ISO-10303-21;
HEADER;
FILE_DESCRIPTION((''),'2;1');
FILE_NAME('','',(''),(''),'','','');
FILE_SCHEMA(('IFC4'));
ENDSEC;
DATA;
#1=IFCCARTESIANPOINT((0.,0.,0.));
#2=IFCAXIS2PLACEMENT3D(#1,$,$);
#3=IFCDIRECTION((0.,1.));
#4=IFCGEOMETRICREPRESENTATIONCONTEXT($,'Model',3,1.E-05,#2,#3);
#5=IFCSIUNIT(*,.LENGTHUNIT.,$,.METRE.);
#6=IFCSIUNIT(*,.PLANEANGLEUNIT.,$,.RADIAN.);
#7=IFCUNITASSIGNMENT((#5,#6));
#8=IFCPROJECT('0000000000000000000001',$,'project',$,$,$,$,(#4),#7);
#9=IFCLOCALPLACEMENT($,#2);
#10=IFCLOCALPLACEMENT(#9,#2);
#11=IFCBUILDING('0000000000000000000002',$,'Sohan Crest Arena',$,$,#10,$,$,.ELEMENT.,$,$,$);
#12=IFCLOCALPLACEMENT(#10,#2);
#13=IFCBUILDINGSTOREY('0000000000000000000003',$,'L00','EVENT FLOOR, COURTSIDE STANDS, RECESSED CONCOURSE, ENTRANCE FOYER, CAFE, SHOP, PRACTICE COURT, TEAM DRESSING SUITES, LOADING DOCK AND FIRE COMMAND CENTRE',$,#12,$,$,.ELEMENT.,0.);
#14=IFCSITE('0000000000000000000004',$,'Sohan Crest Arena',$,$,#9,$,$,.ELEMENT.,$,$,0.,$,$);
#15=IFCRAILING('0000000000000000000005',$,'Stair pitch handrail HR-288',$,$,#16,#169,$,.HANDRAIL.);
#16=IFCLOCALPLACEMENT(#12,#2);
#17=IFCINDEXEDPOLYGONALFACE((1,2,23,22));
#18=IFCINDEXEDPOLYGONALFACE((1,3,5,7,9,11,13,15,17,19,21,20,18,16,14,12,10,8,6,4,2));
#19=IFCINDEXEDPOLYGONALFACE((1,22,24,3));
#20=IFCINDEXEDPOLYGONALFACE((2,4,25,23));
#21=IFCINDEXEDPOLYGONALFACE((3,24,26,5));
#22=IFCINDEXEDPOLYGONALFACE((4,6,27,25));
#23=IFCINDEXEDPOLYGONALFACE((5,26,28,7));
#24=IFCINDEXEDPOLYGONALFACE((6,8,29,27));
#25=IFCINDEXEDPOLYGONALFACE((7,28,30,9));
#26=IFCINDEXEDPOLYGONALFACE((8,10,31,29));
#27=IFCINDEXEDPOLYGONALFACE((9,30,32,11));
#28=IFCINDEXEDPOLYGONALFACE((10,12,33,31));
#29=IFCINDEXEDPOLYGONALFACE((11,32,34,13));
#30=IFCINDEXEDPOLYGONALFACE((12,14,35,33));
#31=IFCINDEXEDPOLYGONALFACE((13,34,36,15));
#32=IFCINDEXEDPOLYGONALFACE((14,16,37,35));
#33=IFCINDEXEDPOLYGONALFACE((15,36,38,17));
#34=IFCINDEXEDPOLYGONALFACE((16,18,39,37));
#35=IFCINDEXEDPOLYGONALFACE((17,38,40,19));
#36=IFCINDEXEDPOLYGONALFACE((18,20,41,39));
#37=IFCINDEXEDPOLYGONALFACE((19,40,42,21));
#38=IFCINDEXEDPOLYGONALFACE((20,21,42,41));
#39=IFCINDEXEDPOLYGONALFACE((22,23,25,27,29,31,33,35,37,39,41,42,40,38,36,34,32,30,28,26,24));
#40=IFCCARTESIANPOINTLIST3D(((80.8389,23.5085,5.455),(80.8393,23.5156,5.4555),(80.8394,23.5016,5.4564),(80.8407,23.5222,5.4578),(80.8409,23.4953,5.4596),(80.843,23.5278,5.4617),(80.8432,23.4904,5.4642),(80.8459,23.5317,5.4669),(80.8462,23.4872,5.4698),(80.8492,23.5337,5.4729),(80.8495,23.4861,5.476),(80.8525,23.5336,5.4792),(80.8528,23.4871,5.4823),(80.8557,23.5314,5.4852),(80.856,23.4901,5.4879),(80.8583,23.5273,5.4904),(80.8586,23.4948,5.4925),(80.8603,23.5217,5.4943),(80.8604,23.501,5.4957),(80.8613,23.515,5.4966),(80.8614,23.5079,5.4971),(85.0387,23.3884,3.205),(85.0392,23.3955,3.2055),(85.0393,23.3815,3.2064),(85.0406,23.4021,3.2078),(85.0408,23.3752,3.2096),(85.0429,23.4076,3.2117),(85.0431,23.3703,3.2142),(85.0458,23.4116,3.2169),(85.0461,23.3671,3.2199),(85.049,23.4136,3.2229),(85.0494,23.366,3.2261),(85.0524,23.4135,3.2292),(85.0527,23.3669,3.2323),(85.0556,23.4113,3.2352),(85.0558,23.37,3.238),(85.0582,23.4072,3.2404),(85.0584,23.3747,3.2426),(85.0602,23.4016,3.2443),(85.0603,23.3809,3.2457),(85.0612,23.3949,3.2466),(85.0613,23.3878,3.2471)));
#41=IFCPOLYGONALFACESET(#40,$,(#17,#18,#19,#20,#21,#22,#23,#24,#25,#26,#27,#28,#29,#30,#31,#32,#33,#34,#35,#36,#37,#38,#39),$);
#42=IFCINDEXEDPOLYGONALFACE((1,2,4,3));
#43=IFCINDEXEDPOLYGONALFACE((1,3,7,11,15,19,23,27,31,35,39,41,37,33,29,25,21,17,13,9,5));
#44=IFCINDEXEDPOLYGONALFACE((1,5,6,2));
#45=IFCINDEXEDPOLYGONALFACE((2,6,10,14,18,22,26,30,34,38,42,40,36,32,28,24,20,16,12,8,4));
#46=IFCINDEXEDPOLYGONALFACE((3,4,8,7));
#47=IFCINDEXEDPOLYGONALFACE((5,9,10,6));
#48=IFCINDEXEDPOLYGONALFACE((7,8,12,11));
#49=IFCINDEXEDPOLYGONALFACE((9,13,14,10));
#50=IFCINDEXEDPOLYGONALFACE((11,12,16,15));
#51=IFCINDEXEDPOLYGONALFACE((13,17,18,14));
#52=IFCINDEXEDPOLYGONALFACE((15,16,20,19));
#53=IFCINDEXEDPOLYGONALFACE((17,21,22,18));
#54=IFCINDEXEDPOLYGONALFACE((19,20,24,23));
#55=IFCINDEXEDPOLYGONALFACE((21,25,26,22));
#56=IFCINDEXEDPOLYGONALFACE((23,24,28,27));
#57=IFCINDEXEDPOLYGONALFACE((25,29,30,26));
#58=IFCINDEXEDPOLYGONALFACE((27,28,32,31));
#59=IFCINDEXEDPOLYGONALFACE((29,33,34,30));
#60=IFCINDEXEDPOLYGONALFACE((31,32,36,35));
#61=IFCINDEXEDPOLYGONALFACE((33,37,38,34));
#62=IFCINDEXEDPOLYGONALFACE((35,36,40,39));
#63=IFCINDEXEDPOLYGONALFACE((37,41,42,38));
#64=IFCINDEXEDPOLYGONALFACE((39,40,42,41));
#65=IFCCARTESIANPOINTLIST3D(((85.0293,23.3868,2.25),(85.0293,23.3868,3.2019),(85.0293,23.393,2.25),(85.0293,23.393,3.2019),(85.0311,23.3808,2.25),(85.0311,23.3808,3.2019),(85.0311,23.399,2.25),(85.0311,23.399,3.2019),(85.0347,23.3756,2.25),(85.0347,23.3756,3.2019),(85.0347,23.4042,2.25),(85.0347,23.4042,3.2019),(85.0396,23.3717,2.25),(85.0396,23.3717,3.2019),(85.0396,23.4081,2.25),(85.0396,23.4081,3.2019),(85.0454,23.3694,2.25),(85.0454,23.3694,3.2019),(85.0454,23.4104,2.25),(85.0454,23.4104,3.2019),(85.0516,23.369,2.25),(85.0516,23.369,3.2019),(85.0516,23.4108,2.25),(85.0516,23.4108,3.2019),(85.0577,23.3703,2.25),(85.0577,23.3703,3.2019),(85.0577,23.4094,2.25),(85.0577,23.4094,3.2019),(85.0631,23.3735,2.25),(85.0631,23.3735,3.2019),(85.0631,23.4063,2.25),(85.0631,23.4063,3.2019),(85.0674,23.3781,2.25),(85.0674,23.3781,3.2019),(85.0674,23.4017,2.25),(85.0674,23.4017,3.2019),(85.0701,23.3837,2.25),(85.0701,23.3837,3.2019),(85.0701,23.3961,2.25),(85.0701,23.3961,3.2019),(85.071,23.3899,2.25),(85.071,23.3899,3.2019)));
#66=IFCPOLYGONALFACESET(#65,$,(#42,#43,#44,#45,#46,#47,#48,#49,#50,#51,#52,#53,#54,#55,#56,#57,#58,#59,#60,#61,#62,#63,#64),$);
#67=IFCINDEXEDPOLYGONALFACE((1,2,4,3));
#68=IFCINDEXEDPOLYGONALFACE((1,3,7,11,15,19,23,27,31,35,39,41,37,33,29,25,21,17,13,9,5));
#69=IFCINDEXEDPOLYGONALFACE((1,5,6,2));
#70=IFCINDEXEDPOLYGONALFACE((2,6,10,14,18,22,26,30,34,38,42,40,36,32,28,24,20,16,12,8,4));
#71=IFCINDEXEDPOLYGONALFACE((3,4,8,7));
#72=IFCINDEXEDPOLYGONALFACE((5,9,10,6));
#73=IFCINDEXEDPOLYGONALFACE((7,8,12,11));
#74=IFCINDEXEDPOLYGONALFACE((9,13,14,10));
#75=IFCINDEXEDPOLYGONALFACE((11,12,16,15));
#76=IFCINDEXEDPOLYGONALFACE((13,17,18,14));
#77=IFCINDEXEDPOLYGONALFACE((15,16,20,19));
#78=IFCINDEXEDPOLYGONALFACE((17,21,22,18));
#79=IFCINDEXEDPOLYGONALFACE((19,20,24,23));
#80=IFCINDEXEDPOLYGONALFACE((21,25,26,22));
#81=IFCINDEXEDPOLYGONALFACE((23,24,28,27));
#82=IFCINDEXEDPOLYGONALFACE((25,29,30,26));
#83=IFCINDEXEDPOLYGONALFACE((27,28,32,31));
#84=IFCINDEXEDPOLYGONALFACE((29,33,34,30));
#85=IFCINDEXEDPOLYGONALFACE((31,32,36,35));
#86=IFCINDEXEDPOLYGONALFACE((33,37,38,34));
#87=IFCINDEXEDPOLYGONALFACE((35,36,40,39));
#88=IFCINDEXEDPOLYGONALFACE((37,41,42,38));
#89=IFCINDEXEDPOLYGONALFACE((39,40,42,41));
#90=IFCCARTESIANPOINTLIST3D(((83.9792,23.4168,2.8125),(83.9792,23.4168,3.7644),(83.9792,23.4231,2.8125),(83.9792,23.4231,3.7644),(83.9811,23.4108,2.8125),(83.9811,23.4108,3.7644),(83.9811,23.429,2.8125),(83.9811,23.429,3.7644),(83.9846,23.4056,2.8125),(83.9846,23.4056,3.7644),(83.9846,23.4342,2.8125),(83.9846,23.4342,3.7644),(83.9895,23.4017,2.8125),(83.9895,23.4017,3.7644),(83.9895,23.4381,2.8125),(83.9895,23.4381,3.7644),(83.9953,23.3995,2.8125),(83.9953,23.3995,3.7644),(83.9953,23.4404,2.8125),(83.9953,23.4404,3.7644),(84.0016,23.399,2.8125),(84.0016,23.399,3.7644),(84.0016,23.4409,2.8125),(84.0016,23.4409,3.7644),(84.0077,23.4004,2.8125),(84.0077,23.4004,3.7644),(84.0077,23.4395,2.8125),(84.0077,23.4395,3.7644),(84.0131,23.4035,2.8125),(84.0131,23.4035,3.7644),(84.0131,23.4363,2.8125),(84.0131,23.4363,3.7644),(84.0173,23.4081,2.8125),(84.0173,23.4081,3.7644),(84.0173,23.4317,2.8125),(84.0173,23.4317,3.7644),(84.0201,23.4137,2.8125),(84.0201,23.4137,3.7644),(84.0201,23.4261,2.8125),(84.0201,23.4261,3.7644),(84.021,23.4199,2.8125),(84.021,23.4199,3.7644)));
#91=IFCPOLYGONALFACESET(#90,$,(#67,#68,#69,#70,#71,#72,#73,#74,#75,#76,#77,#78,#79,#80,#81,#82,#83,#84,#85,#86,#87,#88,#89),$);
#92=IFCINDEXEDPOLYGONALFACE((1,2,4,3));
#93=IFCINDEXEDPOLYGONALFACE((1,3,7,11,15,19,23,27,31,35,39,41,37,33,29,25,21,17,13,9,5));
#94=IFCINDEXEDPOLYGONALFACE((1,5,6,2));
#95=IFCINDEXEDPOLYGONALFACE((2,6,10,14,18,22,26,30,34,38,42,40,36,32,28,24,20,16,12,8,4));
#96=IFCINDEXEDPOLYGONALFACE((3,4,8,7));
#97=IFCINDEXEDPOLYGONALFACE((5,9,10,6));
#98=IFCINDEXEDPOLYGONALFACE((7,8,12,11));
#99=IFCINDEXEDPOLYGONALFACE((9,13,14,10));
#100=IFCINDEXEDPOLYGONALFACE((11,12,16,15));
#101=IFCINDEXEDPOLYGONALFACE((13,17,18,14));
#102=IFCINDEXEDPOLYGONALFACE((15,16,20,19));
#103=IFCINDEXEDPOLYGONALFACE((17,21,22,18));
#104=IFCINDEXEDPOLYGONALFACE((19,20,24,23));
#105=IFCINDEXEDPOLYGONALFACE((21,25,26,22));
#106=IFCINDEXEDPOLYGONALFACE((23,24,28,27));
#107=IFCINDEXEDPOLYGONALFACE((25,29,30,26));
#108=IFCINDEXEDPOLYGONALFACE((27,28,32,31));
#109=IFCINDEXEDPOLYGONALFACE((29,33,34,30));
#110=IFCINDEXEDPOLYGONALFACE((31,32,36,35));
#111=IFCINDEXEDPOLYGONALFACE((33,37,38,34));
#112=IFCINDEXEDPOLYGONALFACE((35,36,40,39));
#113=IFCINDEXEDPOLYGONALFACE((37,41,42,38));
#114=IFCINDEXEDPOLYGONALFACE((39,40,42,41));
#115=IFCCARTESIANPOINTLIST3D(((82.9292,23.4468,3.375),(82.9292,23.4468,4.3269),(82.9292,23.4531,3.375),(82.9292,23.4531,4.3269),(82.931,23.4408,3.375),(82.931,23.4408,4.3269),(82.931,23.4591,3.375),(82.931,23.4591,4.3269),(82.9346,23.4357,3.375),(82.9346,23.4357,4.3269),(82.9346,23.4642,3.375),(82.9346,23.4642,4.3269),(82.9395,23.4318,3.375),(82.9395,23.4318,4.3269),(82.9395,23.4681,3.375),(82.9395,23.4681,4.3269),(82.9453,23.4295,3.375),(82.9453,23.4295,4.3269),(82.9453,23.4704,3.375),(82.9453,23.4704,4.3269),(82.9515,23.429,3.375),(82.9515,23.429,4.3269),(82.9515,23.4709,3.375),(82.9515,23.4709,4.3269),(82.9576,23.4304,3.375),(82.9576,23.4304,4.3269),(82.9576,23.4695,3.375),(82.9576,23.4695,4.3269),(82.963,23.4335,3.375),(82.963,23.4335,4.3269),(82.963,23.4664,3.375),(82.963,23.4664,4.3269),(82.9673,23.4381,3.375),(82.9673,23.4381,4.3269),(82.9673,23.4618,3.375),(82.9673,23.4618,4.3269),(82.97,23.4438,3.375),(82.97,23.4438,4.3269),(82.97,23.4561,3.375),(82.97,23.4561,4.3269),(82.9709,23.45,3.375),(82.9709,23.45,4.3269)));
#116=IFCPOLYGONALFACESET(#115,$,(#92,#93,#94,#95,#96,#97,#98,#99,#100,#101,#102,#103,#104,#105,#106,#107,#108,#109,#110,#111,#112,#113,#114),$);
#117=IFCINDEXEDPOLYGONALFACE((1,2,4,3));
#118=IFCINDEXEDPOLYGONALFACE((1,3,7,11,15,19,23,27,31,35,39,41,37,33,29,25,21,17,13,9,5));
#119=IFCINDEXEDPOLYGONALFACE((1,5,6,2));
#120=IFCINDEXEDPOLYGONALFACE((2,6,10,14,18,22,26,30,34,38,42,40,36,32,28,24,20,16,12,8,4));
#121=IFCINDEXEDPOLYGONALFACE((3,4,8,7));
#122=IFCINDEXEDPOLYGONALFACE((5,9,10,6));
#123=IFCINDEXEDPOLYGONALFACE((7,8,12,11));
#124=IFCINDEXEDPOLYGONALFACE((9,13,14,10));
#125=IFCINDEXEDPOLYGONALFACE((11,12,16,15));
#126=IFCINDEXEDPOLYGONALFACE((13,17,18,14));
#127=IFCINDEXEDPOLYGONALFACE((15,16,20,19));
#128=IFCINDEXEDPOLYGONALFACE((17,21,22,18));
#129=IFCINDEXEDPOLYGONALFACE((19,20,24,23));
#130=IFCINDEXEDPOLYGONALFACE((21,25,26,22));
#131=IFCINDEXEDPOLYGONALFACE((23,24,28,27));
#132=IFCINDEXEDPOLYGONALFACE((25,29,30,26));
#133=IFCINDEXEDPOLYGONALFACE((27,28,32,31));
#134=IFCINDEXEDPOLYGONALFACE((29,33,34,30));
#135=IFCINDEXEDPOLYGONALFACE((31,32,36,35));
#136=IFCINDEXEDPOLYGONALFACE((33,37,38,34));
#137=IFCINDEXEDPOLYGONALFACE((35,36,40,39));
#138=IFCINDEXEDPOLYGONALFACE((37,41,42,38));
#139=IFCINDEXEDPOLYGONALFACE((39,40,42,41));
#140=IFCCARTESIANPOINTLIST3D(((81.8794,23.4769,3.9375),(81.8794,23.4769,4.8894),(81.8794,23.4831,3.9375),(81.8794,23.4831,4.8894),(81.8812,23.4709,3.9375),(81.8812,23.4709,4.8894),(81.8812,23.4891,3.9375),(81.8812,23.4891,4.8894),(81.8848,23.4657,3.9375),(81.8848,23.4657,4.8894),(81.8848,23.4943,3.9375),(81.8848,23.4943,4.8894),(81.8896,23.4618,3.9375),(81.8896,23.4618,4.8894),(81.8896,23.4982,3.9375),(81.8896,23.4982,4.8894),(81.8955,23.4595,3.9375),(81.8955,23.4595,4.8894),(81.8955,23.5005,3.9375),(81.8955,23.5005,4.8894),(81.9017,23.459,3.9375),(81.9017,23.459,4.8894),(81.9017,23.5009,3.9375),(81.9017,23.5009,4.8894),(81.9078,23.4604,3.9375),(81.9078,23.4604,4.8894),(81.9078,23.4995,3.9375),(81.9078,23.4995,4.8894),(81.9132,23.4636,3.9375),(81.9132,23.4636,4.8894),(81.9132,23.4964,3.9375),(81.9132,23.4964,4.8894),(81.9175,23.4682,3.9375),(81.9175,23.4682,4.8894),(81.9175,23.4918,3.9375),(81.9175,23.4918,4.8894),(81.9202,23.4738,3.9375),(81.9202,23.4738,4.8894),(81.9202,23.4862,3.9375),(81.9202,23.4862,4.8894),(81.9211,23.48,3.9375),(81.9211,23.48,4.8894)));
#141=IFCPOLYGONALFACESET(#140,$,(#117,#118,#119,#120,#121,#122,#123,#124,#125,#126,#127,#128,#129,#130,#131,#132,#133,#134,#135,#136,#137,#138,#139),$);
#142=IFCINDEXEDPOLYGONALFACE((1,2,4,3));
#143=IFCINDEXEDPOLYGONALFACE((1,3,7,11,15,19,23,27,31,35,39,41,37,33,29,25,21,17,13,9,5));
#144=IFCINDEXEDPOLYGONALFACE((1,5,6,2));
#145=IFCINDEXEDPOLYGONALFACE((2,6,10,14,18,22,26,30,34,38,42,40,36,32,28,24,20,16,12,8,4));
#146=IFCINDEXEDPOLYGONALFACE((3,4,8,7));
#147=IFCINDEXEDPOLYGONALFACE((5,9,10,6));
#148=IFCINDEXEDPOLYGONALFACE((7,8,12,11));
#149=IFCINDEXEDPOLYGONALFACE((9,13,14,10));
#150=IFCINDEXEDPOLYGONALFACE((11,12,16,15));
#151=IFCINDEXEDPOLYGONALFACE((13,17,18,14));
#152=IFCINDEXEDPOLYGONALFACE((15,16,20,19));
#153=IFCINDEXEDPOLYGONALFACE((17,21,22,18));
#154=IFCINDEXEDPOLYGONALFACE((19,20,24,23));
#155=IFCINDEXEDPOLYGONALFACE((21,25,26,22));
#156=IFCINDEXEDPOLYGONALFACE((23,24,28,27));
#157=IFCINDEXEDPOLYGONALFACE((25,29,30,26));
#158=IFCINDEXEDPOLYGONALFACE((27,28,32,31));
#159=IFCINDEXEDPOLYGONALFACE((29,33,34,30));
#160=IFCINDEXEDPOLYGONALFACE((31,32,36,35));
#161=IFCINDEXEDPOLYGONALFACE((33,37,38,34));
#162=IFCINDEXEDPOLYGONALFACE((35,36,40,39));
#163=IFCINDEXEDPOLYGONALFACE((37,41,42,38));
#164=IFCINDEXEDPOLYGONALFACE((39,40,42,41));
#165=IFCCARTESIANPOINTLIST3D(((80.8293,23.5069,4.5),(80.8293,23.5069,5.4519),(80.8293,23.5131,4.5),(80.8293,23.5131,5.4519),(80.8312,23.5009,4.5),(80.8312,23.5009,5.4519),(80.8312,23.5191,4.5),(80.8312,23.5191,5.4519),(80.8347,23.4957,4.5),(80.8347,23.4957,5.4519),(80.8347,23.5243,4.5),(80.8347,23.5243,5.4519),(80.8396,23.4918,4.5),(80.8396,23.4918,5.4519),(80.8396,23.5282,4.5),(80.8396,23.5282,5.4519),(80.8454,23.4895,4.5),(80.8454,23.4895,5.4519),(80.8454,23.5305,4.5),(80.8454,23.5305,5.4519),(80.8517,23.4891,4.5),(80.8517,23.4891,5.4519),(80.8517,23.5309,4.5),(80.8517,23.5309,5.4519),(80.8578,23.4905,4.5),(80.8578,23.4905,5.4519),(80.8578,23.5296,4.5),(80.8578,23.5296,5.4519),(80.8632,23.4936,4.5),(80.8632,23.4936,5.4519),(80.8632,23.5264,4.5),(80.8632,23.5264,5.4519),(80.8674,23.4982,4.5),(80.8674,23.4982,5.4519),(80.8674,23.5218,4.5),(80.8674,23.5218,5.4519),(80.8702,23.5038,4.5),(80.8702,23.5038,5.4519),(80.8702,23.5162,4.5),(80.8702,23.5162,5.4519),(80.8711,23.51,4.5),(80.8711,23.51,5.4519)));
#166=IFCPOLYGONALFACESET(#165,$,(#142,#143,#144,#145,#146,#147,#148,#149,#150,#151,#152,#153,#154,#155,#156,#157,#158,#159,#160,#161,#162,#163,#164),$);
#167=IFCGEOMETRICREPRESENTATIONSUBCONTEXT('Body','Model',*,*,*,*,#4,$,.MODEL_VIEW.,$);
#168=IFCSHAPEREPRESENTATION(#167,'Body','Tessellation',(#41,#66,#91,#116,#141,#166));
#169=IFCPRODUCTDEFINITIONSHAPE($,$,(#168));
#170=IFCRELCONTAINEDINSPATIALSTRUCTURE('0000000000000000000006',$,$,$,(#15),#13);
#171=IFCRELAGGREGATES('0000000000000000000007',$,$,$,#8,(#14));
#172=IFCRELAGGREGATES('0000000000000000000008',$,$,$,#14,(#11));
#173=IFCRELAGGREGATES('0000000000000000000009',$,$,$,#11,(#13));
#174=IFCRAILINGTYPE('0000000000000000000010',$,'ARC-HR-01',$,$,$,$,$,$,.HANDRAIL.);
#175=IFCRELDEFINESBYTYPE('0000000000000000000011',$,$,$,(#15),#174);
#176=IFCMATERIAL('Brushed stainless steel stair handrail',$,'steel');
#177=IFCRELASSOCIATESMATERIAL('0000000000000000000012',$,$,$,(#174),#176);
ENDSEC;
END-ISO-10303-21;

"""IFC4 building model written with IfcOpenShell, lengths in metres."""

from ifc_helpers import new_model, si_unit, direction, frame, origin, origin_2d, place, context, subcontext, project, spatial, circle, extrude, material, type_object, element, save


model = new_model("IFC4")

# Units and contexts
model_context = context("Model", 3, precision=1e-05, world=origin(), true_north=direction((0.0, 1.0)))
body_context = subcontext(model_context, "Body", "Model", "MODEL_VIEW")
ifc_project = project(units=[si_unit("LENGTHUNIT", "METRE"), si_unit("PLANEANGLEUNIT", "RADIAN")], contexts=[model_context])

# Site, building, storey
site_placement = place(None, origin())
site = spatial("IfcSite", under=ifc_project, at=site_placement, Name="Sohan Crest Arena", CompositionType="ELEMENT", RefElevation=0.0)
building_placement = place(site_placement, origin())
building = spatial("IfcBuilding", under=site, at=building_placement, Name="Sohan Crest Arena", CompositionType="ELEMENT")
storey_placement = place(building_placement, origin())
storey = spatial("IfcBuildingStorey", under=building, at=storey_placement, Name="L00", Description="EVENT FLOOR, COURTSIDE STANDS, RECESSED CONCOURSE, ENTRANCE FOYER, CAFE, SHOP, PRACTICE COURT, TEAM DRESSING SUITES, LOADING DOCK AND FIRE COMMAND CENTRE", CompositionType="ELEMENT", Elevation=0.0)

# Railing
ifc_material_1 = material(Name="Brushed stainless steel stair handrail", Category="steel")
railing_type_1 = type_object("IfcRailingType", Name="ARC-HR-01", PredefinedType="HANDRAIL", material=ifc_material_1)
railing_1_placement = place(storey_placement, frame((85.05, 23.3899, 2.25)))
element("IfcRailing", 1, at=railing_1_placement, inside=storey, type_object=railing_type_1, Name="Stair pitch handrail HR-288", PredefinedType="HANDRAIL", context=body_context, shape_type="SweptSolid", body=[
    extrude(circle(Radius=0.0239, at=origin_2d()), frame((0.0, 0.0, 0.9761), z_axis=(-0.881198, 0.025202, 0.472076), x_axis=(-0.028588, -0.999591, 0.0)), (0.0, 0.0, 1.0), 4.7661),
    extrude(circle(Radius=0.021, at=origin_2d()), origin(), (0.0, 0.0, 1.0), 0.9519),
    extrude(circle(Radius=0.021, at=origin_2d()), frame((-1.05, 0.03, 0.5625)), (0.0, 0.0, 1.0), 0.9519),
    extrude(circle(Radius=0.021, at=origin_2d()), frame((-2.1001, 0.0601, 1.125)), (0.0, 0.0, 1.0), 0.9519),
    extrude(circle(Radius=0.021, at=origin_2d()), frame((-3.1499, 0.0901, 1.6875)), (0.0, 0.0, 1.0), 0.9519),
    extrude(circle(Radius=0.021, at=origin_2d()), frame((-4.2, 0.1201, 2.25)), (0.0, 0.0, 1.0), 0.9519),
])

save(model, "model.ifc")
